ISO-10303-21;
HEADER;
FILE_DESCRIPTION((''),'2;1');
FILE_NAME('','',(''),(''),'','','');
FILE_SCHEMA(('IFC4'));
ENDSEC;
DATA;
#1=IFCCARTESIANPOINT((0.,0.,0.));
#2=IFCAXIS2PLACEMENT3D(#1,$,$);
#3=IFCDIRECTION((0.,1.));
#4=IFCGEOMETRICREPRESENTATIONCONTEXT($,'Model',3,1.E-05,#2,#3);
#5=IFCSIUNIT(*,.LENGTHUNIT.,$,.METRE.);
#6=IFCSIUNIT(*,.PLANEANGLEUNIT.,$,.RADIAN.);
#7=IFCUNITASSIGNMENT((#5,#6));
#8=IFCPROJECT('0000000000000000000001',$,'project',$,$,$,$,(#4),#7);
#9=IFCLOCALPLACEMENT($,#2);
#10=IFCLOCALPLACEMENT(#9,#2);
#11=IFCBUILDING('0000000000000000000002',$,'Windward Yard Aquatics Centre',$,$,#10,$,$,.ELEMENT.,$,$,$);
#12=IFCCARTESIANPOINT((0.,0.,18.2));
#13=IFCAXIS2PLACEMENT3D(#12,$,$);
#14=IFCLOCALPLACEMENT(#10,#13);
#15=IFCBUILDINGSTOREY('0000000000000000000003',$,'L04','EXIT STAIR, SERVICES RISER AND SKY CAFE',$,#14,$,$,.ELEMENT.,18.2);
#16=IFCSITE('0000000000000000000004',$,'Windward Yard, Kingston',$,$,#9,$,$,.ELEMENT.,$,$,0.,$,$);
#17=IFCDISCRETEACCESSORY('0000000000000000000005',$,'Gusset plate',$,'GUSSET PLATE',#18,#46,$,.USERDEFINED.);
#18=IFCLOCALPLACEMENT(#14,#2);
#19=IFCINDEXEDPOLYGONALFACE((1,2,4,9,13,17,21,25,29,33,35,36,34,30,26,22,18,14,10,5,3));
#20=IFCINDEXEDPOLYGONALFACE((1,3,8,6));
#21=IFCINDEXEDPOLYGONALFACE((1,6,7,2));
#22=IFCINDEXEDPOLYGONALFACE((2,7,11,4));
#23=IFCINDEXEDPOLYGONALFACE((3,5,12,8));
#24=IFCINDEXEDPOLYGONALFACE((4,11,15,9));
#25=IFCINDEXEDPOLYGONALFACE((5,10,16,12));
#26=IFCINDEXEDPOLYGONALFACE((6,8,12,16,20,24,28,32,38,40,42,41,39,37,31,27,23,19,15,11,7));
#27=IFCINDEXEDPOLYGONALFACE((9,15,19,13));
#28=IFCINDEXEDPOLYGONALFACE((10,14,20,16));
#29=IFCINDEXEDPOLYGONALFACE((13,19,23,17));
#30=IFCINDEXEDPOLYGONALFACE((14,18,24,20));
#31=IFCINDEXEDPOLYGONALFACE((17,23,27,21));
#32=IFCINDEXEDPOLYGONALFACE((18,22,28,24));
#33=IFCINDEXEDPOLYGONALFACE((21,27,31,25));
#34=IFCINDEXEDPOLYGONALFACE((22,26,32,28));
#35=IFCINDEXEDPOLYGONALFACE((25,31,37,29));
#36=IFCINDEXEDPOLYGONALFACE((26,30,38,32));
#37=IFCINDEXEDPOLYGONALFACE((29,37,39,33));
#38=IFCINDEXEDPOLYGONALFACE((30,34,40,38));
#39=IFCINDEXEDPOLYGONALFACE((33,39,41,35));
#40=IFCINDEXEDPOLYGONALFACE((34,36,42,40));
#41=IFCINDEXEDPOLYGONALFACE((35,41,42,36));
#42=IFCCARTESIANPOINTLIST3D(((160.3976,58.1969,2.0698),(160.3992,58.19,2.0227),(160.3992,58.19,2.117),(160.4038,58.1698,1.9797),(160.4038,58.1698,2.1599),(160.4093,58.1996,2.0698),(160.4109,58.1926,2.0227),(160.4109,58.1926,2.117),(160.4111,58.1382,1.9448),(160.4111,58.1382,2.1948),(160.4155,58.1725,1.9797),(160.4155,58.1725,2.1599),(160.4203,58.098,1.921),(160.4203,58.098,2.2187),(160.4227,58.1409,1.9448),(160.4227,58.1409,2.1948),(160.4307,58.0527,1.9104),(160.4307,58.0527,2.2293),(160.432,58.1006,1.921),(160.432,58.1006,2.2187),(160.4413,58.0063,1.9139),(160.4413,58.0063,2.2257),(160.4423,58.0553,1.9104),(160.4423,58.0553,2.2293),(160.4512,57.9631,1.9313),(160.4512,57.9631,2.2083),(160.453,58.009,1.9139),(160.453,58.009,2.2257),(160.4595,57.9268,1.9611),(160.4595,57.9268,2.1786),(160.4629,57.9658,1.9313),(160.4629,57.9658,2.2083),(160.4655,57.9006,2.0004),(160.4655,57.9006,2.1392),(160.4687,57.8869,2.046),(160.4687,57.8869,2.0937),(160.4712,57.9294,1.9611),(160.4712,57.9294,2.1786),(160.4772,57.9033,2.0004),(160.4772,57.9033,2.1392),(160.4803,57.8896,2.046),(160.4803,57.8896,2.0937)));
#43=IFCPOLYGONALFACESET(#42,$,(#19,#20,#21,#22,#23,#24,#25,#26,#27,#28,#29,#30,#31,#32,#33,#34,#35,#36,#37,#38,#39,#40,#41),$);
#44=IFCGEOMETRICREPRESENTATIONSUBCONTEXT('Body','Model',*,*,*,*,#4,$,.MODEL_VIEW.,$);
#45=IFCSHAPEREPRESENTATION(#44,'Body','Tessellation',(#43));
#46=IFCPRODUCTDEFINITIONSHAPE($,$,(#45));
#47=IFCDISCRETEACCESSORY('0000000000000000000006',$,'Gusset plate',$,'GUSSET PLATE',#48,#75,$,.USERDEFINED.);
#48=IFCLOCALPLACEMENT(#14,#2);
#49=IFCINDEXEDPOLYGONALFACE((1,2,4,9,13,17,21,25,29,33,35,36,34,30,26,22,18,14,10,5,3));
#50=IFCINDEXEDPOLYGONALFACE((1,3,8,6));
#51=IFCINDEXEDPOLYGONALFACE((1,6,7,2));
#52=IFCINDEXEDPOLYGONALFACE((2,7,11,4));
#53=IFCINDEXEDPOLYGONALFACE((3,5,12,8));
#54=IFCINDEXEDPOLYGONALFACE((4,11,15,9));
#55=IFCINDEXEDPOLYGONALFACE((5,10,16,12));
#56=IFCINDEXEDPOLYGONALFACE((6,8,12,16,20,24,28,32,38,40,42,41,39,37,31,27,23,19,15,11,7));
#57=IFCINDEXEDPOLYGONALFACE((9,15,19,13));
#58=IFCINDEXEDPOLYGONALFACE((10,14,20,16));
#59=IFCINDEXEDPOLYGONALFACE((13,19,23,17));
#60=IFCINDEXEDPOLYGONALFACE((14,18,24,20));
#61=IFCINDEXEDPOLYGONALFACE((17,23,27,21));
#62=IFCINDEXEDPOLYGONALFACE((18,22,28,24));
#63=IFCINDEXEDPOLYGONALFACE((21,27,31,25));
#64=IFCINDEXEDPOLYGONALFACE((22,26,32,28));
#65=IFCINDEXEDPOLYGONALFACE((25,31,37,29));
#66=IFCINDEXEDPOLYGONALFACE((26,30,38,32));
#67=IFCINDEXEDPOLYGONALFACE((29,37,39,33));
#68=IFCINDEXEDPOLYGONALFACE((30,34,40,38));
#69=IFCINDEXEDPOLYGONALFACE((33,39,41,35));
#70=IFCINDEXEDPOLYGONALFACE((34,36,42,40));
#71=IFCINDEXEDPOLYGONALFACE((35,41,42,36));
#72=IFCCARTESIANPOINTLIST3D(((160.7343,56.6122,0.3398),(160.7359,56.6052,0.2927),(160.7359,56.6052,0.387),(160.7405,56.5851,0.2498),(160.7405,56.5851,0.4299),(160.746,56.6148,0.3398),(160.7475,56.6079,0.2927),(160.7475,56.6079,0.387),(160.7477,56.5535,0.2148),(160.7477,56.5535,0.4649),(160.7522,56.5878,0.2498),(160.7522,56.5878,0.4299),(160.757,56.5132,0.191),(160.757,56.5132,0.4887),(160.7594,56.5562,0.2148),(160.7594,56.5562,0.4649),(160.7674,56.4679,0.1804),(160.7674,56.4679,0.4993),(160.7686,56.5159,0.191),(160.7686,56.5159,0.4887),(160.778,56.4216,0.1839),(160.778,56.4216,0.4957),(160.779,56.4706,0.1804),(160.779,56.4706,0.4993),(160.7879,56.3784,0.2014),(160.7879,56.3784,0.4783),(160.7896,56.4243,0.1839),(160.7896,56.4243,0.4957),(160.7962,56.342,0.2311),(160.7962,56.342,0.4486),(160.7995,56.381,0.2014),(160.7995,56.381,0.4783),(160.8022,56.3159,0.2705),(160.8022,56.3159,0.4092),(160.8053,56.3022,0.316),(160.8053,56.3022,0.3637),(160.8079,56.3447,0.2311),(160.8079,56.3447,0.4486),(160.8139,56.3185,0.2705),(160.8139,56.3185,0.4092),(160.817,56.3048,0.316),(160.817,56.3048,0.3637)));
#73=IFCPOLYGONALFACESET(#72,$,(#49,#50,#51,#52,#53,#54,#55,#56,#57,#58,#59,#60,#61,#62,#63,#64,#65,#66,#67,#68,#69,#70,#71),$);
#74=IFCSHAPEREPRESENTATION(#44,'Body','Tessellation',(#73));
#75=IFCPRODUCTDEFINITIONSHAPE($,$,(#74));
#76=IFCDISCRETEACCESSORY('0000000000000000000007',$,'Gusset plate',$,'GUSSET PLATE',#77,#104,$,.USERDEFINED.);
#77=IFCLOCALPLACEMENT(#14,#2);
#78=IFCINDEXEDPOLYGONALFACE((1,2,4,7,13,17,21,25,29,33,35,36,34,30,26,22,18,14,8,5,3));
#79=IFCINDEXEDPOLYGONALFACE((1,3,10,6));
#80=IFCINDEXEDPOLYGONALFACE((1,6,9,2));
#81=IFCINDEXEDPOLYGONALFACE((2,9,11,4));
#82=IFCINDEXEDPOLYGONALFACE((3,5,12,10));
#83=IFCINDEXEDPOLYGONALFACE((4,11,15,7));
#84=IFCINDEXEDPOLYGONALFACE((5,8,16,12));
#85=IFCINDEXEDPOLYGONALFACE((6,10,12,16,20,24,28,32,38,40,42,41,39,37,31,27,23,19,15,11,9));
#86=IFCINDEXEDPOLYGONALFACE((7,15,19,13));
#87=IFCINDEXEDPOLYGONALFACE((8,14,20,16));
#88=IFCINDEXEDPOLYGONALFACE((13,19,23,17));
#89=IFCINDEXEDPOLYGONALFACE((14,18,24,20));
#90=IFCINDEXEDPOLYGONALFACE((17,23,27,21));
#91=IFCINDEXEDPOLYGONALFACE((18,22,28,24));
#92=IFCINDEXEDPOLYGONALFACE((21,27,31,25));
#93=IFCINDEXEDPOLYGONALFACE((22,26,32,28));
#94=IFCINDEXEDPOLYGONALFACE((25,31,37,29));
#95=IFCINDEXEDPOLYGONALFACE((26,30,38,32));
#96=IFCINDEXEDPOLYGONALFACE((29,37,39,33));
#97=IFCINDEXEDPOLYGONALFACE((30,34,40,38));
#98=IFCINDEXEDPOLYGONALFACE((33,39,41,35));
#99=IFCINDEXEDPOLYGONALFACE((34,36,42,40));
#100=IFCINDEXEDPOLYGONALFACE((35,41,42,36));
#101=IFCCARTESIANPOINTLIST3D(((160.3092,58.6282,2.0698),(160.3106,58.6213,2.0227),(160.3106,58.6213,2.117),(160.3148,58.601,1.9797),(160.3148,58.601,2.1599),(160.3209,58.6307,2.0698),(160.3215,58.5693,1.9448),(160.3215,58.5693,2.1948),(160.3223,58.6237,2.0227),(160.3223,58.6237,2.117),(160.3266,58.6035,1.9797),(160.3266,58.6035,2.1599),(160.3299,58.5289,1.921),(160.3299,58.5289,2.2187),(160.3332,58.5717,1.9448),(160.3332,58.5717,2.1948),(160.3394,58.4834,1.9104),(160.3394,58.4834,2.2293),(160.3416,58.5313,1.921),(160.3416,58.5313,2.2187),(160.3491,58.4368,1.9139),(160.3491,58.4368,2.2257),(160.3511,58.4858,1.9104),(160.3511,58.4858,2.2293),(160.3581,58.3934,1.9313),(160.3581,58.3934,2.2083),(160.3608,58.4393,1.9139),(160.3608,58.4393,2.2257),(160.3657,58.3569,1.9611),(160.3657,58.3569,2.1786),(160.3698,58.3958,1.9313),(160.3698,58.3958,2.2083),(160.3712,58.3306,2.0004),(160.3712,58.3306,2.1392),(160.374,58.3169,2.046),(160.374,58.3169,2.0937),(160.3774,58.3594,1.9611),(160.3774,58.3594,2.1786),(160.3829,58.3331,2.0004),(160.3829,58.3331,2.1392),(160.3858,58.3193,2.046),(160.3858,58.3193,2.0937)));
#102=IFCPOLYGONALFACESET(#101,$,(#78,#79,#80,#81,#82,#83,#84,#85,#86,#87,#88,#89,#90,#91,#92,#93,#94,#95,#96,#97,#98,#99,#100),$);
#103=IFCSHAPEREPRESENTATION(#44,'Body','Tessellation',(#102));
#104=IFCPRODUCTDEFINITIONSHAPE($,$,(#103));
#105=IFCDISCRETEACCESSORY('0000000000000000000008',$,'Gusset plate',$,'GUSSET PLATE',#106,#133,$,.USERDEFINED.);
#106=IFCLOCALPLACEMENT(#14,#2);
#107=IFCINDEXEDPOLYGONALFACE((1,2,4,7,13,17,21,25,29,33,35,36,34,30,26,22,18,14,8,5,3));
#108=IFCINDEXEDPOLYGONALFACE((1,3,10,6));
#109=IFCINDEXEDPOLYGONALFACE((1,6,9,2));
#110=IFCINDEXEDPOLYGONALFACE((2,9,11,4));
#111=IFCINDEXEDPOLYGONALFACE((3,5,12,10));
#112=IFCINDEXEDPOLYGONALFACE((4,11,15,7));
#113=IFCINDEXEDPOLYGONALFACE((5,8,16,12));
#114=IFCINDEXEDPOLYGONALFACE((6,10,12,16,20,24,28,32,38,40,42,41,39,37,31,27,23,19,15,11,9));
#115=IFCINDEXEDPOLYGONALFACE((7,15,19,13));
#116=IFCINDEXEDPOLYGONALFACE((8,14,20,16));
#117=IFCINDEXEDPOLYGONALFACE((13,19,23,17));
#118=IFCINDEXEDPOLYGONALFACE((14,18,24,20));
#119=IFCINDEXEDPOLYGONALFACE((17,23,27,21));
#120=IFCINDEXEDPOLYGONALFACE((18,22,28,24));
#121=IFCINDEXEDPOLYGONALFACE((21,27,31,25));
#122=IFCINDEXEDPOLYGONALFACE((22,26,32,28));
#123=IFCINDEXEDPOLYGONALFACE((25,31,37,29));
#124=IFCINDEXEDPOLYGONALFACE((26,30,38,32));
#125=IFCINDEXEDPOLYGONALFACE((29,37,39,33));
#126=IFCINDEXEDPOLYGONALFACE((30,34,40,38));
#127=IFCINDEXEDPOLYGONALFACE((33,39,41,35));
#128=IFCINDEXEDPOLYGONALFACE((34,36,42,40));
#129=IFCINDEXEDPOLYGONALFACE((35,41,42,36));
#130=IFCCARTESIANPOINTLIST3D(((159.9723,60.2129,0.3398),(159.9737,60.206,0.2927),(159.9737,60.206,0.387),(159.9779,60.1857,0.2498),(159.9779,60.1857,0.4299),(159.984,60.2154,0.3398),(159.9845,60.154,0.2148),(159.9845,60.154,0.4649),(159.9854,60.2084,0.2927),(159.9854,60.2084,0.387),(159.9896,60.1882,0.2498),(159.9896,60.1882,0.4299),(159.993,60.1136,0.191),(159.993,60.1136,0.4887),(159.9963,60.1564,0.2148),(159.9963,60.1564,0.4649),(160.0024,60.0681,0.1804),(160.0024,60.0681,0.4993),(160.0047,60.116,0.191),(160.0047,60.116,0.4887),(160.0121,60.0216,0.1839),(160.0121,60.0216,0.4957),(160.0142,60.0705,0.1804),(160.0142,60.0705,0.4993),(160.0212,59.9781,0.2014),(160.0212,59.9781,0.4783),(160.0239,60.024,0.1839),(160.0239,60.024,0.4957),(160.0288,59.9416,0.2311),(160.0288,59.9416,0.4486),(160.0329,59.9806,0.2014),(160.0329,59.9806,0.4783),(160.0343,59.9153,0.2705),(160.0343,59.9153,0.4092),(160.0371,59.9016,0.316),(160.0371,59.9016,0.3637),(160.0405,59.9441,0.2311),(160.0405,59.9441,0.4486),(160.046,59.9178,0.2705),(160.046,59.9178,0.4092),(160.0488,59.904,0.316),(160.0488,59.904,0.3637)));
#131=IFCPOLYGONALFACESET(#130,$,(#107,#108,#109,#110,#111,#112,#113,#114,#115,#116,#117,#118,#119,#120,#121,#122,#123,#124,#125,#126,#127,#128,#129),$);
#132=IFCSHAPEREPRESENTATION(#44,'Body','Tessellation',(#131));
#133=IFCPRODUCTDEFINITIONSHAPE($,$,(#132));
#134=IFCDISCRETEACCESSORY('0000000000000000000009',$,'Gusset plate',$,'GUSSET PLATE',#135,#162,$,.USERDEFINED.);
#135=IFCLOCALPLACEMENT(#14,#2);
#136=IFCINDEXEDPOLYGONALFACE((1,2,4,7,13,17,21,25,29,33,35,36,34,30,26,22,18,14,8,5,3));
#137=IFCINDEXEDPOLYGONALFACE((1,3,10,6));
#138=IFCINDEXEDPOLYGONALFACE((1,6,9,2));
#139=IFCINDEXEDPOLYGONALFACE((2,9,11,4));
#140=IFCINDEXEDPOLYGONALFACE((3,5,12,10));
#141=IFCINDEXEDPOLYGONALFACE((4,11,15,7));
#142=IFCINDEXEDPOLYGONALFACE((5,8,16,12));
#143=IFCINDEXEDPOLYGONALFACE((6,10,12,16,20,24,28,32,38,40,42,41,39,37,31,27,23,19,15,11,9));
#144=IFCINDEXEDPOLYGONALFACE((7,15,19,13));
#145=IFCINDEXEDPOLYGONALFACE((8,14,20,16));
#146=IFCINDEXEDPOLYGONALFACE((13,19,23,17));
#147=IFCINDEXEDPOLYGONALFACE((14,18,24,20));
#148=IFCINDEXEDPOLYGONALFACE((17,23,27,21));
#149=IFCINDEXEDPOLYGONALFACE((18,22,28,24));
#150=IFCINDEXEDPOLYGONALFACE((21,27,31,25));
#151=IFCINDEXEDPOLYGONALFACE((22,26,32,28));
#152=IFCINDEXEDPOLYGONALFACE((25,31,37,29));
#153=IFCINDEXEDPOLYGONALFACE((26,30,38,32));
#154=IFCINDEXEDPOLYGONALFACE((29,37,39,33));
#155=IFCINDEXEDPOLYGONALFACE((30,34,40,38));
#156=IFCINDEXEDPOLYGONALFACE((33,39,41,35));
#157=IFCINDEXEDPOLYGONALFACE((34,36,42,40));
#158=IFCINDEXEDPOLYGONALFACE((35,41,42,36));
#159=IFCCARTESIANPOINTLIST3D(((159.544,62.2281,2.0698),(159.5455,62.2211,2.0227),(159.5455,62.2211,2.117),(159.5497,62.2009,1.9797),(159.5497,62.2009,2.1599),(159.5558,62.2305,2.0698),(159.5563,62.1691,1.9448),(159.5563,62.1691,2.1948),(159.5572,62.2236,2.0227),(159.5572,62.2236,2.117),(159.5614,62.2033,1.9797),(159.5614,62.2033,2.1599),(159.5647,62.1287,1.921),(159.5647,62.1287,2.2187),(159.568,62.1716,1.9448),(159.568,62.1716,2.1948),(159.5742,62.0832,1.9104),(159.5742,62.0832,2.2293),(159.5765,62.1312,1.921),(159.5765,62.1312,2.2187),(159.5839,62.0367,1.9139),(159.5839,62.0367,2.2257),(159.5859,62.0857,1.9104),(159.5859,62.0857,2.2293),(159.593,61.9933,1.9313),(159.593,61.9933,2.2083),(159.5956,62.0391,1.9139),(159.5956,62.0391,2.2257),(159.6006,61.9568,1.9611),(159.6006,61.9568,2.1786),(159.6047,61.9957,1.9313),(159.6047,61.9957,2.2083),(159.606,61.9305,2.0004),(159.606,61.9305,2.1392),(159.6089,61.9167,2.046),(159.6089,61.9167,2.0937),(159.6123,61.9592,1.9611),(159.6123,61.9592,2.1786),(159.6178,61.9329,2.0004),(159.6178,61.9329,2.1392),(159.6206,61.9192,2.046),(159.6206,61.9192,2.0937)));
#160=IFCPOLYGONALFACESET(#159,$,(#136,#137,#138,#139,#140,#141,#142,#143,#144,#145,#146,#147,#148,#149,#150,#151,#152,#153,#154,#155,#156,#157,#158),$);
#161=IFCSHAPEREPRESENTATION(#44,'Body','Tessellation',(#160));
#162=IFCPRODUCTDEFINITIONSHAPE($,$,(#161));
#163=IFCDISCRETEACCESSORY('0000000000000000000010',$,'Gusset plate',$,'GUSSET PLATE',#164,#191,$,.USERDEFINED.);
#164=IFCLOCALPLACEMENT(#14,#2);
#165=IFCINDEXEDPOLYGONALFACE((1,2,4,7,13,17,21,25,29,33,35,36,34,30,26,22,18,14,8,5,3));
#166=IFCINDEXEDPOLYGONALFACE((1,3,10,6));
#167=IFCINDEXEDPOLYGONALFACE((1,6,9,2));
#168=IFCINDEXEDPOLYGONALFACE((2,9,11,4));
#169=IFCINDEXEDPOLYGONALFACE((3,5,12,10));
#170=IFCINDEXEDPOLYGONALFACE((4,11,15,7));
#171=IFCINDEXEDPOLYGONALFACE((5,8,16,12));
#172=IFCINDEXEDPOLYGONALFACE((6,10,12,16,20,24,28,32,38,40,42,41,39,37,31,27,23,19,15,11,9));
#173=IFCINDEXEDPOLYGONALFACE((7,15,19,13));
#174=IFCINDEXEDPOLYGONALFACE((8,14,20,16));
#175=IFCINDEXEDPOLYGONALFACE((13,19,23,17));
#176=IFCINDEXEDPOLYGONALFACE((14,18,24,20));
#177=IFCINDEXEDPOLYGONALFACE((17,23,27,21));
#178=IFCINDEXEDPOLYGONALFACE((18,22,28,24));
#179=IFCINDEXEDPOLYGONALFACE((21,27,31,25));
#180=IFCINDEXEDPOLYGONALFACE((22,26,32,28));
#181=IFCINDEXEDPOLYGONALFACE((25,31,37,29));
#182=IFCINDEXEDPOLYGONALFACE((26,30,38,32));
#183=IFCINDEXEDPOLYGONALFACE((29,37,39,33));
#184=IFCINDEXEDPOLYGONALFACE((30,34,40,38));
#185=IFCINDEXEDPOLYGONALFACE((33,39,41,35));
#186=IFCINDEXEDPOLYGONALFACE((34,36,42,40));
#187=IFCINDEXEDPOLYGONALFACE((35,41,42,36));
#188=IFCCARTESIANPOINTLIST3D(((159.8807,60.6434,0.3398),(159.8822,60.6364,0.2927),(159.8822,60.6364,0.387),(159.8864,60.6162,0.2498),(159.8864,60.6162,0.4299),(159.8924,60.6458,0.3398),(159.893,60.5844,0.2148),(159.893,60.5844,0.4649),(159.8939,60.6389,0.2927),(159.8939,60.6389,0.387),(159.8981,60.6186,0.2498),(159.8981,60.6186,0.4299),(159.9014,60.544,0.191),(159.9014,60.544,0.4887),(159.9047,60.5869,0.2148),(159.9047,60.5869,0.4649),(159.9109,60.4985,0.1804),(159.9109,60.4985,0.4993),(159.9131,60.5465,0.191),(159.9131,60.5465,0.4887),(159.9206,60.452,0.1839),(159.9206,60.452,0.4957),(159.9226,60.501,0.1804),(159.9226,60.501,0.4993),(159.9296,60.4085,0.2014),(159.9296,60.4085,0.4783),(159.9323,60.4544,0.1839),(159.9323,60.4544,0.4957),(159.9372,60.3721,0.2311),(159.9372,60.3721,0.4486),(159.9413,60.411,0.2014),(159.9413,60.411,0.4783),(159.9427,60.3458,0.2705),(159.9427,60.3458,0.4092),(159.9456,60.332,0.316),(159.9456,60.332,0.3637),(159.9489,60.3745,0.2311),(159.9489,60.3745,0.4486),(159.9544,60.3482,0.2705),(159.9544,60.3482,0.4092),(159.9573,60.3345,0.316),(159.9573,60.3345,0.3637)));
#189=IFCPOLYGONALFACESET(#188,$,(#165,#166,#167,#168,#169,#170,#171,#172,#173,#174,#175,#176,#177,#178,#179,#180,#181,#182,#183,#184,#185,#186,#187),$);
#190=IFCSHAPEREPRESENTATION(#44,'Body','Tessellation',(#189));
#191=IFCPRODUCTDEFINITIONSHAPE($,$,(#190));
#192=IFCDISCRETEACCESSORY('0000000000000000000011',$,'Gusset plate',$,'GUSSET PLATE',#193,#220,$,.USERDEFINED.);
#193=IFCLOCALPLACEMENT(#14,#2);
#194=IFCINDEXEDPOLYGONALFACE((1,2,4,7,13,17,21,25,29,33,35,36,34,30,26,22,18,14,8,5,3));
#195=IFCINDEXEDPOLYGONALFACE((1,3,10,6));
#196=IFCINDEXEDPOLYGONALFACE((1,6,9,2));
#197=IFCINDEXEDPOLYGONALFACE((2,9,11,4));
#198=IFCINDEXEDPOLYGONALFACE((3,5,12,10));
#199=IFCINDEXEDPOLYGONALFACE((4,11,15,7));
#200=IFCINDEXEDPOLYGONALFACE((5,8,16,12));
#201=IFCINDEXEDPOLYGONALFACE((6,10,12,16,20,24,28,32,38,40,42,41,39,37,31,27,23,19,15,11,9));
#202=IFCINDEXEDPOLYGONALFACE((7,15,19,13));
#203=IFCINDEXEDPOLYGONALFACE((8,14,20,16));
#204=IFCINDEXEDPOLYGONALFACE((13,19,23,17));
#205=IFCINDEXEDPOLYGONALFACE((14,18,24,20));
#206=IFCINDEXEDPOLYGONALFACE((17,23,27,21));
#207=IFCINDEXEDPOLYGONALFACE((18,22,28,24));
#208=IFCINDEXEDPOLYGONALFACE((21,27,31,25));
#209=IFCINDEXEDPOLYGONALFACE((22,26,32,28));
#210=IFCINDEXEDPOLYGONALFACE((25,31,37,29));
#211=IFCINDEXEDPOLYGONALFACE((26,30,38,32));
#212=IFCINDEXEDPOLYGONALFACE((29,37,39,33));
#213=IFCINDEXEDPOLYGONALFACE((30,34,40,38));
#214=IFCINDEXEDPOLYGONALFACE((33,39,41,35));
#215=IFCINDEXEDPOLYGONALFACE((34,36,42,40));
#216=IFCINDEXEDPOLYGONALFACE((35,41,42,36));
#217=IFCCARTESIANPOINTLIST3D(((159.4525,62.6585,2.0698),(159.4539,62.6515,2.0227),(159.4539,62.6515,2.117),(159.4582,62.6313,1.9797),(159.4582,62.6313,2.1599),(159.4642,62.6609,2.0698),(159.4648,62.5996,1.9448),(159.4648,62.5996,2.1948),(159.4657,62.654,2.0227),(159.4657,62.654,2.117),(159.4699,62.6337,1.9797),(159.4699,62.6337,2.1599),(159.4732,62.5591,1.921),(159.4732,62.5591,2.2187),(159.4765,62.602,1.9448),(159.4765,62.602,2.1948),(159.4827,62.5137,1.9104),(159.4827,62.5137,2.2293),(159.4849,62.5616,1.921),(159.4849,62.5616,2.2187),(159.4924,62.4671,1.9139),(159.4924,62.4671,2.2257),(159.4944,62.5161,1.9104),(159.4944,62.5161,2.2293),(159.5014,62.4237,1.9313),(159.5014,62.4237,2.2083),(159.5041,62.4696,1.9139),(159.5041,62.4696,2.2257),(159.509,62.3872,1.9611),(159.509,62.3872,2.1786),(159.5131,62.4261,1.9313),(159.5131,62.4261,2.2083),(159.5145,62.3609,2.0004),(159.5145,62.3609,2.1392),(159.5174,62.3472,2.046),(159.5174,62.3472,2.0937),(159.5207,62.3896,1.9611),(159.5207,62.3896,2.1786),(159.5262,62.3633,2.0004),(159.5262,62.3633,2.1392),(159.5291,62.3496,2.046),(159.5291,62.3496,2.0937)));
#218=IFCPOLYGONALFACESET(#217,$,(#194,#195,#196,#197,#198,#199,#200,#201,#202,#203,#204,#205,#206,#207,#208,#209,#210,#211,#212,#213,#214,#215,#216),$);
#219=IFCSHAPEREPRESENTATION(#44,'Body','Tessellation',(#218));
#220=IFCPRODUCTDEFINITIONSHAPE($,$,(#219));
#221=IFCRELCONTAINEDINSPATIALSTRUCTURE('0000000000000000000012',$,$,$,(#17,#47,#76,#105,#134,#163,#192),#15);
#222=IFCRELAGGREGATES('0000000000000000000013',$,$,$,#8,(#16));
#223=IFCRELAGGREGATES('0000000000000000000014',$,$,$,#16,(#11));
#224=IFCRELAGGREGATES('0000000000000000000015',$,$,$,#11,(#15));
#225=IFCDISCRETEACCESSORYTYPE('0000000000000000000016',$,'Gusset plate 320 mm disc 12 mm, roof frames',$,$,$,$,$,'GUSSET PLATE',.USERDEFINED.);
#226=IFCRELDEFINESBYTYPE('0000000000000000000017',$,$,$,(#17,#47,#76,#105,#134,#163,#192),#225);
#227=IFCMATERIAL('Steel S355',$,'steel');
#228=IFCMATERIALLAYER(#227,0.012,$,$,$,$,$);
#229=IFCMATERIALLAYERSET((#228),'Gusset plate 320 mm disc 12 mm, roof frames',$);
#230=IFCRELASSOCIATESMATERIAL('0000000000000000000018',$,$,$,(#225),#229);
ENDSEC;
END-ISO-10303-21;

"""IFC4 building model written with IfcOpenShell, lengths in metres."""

from ifc_helpers import new_model, si_unit, direction, frame, origin, origin_2d, place, context, subcontext, project, spatial, circle, extrude, material, layer, layer_set, type_object, element, save


model = new_model("IFC4")

# Units and contexts
model_context = context("Model", 3, precision=1e-05, world=origin(), true_north=direction((0.0, 1.0)))
body_context = subcontext(model_context, "Body", "Model", "MODEL_VIEW")
ifc_project = project(units=[si_unit("LENGTHUNIT", "METRE"), si_unit("PLANEANGLEUNIT", "RADIAN")], contexts=[model_context])

# Site, building, storey
site_placement = place(None, origin())
site = spatial("IfcSite", under=ifc_project, at=site_placement, Name="Windward Yard, Kingston", CompositionType="ELEMENT", RefElevation=0.0)
building_placement = place(site_placement, origin())
building = spatial("IfcBuilding", under=site, at=building_placement, Name="Windward Yard Aquatics Centre", CompositionType="ELEMENT")
storey_placement = place(building_placement, frame((0.0, 0.0, 18.2)))
storey = spatial("IfcBuildingStorey", under=building, at=storey_placement, Name="L04", Description="EXIT STAIR, SERVICES RISER AND SKY CAFE", CompositionType="ELEMENT", Elevation=18.2)

# Discrete accessories
ifc_material_1 = material(Name="Steel S355", Category="steel")
ifc_layer = layer(ifc_material_1, 0.012)
ifc_layer_set = layer_set([ifc_layer], Name="Gusset plate 320 mm disc 12 mm, roof frames")
discrete_accessory_type = type_object("IfcDiscreteAccessoryType", Name="Gusset plate 320 mm disc 12 mm, roof frames", ElementType="GUSSET PLATE", PredefinedType="USERDEFINED", material=ifc_layer_set)
for number, where, z_axis, x_axis, name in (
    (1, (160.4333, 58.041, 2.0698), (0.974732, 0.223376, 0.0), (-0.223376, 0.974732, 0.0), "Gusset plate"),
    (2, (160.77, 56.4563, 0.3398), (0.974732, 0.223376, 0.0), (-0.223376, 0.974732, 0.0), "Gusset plate"),
    (3, (160.3418, 58.4717, 2.0698), (0.97898, 0.203954, 0.0), (-0.203954, 0.97898, 0.0), "Gusset plate"),
    (4, (160.0049, 60.0564, 0.3398), (0.97898, 0.203954, 0.0), (-0.203954, 0.97898, 0.0), "Gusset plate"),
    (5, (159.5767, 62.0715, 2.0698), (0.97898, 0.203954, 0.0), (-0.203954, 0.97898, 0.0), "Gusset plate"),
    (6, (159.9133, 60.4868, 0.3398), (0.97898, 0.203954, 0.0), (-0.203954, 0.97898, 0.0), "Gusset plate"),
    (7, (159.4851, 62.502, 2.0698), (0.97898, 0.203954, 0.0), (-0.203954, 0.97898, 0.0), "Gusset plate"),
):
    element("IfcDiscreteAccessory", number, at=place(storey_placement, frame(where, z_axis=z_axis, x_axis=x_axis)), inside=storey, type_object=discrete_accessory_type, Name=name, ObjectType="GUSSET PLATE", PredefinedType="USERDEFINED", context=body_context, shape_type="SweptSolid", body=[
        extrude(circle(Radius=0.1599, at=origin_2d()), origin(), (0.0, 0.0, 1.0), 0.012),
    ])

save(model, "model.ifc")
